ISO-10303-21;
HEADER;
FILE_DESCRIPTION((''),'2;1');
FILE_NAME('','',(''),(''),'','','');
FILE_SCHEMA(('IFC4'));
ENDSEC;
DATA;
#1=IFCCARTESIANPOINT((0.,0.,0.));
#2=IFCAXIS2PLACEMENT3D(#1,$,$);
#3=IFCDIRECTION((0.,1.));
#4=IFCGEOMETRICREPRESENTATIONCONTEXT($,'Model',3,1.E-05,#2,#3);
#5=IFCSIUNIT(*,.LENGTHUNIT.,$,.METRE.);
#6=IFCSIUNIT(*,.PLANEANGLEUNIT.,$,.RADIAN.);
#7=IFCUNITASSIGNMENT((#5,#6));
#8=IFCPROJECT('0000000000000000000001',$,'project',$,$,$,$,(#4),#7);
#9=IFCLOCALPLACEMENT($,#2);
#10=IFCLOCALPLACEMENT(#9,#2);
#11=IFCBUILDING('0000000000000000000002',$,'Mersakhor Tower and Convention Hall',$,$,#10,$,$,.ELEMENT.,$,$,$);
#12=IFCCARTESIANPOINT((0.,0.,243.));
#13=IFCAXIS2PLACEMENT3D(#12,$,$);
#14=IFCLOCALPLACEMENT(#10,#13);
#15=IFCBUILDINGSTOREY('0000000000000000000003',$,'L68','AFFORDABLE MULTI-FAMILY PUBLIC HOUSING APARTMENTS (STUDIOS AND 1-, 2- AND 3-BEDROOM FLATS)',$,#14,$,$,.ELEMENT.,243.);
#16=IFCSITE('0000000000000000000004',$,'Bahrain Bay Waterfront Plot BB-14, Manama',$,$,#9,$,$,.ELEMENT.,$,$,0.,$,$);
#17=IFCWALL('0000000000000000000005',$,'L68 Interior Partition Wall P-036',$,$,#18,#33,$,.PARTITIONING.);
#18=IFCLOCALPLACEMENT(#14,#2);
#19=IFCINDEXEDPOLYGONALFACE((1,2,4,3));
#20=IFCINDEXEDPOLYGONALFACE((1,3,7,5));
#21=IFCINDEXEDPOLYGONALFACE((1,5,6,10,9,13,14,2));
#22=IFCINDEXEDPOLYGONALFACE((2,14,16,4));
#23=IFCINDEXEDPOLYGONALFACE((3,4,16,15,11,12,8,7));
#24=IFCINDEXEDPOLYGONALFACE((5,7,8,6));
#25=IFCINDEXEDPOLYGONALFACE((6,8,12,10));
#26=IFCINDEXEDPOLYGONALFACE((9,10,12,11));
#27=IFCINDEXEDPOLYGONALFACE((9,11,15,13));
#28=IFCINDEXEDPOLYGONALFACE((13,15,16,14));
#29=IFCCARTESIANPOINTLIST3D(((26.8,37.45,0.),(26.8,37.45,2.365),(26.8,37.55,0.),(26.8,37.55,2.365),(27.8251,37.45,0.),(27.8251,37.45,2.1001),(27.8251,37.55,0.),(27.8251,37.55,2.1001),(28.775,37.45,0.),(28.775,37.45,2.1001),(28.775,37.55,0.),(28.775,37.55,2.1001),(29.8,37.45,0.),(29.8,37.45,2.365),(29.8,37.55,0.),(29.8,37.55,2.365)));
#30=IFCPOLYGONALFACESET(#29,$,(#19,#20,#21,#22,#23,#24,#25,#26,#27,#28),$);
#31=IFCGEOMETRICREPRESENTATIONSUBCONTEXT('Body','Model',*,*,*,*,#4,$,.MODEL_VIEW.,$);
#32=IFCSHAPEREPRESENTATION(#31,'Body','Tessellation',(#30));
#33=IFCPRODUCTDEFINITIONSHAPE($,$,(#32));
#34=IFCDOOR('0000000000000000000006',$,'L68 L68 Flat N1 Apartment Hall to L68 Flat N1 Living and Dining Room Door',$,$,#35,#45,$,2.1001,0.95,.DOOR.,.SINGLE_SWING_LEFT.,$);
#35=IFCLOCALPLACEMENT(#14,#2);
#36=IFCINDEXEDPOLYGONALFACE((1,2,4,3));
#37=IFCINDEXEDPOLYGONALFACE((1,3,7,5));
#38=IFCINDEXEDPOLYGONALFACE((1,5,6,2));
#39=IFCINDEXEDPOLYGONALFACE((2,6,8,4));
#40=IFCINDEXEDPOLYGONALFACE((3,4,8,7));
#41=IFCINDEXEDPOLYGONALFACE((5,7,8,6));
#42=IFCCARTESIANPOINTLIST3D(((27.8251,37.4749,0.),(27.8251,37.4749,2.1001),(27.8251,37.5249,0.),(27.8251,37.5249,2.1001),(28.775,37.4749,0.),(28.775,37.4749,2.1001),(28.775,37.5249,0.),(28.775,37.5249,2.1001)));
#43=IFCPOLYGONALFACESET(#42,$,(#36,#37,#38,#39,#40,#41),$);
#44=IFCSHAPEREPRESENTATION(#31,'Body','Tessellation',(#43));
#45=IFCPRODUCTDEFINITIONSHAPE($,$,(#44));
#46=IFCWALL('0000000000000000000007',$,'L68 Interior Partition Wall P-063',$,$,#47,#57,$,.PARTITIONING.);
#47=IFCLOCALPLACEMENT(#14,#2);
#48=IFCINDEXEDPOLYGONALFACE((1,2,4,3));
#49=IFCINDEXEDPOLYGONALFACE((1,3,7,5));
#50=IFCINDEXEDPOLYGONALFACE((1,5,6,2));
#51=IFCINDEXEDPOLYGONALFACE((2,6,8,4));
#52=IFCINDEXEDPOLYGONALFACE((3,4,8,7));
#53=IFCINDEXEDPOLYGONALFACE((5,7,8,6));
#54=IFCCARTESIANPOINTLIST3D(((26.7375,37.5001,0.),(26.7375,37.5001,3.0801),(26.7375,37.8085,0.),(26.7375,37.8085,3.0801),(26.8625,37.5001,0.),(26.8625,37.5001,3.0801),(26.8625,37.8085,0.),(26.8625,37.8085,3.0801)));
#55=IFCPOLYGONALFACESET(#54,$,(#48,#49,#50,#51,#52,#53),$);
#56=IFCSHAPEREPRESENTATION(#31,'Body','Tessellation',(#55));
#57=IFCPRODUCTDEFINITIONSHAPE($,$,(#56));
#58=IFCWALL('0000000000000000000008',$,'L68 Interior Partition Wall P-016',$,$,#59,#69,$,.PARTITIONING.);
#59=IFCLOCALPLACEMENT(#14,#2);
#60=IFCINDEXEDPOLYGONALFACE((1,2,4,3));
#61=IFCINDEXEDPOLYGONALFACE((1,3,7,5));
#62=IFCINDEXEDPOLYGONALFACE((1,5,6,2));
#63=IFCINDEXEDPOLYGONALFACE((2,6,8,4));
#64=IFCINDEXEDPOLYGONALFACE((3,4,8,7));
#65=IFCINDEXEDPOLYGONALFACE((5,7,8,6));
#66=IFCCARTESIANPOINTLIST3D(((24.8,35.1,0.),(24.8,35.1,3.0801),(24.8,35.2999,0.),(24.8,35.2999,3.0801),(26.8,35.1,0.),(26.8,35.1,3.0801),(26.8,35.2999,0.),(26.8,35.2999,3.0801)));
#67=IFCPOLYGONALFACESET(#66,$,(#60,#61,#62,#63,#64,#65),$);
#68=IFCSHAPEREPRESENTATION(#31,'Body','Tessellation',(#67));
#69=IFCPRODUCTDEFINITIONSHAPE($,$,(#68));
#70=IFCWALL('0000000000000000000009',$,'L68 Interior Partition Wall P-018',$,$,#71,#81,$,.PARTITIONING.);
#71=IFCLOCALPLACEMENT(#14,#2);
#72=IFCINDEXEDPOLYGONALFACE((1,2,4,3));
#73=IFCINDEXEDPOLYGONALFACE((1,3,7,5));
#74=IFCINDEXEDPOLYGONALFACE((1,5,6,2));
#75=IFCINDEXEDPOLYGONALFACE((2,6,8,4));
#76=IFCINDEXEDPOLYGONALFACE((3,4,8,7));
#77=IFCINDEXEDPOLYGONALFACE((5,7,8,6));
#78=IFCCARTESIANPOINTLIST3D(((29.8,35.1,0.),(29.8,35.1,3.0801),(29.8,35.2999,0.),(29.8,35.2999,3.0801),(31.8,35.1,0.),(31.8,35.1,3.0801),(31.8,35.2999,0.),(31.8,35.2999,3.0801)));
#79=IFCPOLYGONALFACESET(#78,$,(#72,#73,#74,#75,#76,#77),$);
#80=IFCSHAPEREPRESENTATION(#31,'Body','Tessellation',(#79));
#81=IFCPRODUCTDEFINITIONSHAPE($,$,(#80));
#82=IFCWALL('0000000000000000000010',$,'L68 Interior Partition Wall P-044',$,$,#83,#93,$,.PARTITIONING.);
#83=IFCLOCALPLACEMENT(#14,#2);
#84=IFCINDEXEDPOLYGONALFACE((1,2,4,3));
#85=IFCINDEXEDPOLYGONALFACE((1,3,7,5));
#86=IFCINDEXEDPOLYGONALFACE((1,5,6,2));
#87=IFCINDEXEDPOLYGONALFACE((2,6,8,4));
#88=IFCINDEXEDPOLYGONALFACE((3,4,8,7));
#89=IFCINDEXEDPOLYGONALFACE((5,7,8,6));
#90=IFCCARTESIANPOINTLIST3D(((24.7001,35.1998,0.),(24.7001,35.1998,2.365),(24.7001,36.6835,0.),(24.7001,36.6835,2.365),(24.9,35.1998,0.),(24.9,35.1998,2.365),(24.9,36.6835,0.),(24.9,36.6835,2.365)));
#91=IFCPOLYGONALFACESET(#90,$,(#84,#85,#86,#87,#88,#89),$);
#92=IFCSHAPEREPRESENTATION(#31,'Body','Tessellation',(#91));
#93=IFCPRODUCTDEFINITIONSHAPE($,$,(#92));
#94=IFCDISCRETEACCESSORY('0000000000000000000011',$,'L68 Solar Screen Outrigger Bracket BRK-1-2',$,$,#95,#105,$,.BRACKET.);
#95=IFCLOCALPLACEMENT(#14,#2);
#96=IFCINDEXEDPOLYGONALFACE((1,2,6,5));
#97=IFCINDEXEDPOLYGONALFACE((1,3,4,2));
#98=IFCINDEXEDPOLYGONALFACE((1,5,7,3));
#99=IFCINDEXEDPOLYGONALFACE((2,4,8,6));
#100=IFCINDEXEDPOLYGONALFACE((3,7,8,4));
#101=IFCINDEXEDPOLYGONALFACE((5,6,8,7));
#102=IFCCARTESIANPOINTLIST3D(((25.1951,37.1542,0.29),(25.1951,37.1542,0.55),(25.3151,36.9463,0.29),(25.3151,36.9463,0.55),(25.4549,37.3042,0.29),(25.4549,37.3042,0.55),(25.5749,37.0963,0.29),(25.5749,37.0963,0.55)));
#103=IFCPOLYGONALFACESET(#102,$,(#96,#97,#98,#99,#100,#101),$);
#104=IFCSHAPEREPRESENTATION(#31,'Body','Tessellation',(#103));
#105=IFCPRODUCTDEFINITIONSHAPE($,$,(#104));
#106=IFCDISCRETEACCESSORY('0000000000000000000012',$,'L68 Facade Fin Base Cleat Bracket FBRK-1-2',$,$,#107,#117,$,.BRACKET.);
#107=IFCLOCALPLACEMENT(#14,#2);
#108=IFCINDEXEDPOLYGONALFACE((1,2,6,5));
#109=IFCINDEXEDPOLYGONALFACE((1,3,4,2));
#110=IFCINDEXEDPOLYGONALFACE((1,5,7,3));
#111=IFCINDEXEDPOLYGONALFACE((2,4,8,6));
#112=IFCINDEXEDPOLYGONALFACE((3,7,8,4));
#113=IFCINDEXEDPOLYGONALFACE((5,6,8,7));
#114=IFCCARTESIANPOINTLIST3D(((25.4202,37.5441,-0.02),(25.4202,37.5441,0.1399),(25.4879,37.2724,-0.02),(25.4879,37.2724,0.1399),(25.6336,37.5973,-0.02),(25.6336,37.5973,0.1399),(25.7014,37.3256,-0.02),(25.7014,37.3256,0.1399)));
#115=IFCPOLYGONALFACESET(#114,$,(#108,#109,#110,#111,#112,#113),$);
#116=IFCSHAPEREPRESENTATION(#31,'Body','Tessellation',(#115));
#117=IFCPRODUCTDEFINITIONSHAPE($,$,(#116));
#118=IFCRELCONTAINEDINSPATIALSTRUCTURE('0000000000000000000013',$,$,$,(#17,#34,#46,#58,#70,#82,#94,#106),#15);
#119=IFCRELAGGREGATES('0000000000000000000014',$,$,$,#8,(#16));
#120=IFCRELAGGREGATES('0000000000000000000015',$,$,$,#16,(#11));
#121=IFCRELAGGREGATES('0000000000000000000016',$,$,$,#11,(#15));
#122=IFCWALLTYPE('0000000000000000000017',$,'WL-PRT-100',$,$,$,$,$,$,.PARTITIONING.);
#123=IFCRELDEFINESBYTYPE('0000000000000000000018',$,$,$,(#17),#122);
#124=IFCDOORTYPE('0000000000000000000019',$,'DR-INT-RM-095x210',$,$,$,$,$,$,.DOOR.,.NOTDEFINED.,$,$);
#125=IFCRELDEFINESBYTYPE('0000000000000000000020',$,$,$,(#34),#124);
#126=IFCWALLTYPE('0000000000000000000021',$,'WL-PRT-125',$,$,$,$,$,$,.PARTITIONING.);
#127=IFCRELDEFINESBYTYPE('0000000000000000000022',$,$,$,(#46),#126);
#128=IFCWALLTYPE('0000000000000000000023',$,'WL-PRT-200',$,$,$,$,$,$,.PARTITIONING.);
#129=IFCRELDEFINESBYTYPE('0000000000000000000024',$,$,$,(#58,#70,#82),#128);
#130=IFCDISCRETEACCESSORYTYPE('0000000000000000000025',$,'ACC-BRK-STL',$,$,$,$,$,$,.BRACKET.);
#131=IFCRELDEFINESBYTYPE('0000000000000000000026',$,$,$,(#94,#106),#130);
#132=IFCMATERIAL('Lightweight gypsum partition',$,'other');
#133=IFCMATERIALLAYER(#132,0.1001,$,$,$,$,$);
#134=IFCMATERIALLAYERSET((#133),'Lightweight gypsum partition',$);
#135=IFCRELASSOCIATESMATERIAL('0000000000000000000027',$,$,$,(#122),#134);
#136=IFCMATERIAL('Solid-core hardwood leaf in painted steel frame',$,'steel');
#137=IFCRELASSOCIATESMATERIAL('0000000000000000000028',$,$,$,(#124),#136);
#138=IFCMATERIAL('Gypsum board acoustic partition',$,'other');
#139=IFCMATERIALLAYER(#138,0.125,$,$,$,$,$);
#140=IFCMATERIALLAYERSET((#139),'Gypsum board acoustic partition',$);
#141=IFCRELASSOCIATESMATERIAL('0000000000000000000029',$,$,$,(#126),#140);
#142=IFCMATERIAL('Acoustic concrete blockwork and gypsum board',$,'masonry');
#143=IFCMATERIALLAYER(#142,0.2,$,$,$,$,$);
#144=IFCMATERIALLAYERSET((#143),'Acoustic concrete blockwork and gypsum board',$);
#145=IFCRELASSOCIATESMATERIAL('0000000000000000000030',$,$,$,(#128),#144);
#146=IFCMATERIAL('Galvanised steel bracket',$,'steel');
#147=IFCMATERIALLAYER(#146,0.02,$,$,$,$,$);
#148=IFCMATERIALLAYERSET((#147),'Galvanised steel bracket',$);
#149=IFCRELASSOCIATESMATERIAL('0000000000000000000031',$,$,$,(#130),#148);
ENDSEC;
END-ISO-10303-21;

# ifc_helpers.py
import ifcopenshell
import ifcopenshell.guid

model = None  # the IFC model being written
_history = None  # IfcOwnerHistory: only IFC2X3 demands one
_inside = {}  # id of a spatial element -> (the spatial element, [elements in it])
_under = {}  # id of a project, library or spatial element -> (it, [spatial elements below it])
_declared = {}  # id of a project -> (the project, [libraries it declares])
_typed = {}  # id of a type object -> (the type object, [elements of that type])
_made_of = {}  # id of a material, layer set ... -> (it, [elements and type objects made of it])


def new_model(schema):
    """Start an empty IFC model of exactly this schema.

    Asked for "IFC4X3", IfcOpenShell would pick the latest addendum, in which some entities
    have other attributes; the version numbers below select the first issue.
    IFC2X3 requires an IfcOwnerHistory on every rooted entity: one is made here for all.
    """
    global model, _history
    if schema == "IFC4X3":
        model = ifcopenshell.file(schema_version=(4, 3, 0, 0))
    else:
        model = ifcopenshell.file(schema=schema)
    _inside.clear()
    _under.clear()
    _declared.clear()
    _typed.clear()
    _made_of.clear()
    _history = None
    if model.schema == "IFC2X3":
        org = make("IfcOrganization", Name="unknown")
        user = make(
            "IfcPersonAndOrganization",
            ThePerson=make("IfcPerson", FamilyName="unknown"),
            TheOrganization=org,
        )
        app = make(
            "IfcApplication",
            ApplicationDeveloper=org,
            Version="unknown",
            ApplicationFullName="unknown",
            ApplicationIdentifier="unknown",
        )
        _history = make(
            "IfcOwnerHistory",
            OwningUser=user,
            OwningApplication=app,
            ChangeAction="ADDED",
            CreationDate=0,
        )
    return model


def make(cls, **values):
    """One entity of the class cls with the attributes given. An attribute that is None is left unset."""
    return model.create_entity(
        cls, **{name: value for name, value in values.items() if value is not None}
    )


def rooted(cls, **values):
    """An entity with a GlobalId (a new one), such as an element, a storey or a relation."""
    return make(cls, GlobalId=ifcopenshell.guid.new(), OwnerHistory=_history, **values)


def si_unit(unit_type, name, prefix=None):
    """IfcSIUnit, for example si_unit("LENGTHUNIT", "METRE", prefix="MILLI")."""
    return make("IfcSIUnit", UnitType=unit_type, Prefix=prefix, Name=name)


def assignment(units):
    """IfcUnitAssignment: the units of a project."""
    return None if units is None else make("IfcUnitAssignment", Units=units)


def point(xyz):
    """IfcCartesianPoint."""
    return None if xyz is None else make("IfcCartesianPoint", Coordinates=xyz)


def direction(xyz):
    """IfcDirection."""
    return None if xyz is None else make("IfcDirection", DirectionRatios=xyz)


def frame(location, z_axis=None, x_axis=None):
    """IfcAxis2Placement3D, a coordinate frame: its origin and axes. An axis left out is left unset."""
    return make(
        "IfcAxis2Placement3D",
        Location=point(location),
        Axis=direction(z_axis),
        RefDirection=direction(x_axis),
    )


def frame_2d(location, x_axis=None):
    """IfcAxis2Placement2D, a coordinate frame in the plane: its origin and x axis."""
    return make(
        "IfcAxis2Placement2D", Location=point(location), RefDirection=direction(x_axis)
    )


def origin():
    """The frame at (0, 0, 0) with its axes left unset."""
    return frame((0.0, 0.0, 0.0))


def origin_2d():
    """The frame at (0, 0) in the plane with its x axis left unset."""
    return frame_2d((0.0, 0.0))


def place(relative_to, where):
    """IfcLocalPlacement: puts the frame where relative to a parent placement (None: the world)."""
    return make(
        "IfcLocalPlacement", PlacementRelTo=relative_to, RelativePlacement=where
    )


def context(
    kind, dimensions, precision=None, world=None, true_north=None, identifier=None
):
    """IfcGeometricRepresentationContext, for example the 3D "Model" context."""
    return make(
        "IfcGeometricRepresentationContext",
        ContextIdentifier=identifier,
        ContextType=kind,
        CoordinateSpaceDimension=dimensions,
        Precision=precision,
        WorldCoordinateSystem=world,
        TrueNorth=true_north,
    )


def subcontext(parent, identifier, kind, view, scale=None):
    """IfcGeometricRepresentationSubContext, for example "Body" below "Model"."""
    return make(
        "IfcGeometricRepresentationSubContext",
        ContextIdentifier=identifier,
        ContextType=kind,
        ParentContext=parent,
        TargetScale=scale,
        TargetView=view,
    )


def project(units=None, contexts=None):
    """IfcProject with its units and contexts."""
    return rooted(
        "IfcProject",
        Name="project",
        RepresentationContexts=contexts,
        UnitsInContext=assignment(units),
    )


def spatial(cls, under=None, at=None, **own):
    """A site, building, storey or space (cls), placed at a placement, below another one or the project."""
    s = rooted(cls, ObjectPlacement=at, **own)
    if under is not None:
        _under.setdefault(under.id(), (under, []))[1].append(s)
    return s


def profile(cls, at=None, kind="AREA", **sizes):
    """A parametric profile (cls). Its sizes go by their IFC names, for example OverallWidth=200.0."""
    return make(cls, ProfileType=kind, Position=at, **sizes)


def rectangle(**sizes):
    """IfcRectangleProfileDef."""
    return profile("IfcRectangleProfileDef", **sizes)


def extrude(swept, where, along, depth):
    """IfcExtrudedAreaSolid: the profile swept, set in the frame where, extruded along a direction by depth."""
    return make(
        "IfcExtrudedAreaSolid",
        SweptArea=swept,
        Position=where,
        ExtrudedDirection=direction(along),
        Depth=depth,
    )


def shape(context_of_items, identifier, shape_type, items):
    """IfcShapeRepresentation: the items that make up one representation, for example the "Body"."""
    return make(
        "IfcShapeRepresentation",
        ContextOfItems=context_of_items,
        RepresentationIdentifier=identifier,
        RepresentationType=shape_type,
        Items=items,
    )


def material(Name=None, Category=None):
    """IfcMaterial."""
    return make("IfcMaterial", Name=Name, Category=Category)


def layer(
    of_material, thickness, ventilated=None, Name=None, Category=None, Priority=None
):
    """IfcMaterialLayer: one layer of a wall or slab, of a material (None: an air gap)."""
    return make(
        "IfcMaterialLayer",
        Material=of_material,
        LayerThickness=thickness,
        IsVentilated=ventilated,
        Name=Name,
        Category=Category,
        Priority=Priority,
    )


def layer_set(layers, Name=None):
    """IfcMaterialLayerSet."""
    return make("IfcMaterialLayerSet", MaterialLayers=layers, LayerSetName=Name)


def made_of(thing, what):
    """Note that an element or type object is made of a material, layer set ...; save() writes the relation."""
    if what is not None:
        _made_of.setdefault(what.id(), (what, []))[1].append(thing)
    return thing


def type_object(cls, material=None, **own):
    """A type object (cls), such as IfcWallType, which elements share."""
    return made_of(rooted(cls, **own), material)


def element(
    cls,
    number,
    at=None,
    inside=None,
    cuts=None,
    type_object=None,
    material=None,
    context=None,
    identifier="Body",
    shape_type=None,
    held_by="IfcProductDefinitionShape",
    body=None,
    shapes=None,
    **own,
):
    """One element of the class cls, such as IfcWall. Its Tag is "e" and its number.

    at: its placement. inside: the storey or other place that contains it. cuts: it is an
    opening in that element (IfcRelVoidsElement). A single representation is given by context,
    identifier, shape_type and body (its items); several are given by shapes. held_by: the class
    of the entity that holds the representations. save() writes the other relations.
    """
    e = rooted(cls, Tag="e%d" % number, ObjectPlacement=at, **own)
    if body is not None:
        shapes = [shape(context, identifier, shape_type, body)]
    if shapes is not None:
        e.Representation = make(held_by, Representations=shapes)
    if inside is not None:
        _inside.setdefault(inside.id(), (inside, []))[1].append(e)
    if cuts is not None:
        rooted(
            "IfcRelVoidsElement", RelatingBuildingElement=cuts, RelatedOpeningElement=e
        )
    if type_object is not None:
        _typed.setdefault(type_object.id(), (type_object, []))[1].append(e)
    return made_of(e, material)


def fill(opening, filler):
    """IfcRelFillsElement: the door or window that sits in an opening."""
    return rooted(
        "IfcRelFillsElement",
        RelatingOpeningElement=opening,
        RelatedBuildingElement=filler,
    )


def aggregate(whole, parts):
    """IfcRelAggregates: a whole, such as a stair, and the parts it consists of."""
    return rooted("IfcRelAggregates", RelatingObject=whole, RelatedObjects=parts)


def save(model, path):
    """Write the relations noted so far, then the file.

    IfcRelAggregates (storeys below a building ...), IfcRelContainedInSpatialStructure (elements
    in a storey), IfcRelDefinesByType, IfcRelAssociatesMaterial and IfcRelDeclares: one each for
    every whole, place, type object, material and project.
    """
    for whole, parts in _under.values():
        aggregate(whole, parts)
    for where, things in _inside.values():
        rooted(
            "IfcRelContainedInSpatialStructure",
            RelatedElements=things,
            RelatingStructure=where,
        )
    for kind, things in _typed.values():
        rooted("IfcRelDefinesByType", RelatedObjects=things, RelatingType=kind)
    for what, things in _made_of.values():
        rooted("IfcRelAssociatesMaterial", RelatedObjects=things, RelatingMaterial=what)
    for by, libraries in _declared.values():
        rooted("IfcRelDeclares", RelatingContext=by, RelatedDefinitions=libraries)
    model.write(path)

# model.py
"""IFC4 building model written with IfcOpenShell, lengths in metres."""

from ifc_helpers import new_model, si_unit, direction, frame, frame_2d, origin, origin_2d, place, context, subcontext, project, spatial, rectangle, extrude, material, layer, layer_set, type_object, element, fill, save


model = new_model("IFC4")

# Units and contexts
model_context = context("Model", 3, precision=1e-05, world=origin(), true_north=direction((0.0, 1.0)))
body_context = subcontext(model_context, "Body", "Model", "MODEL_VIEW")
ifc_project = project(units=[si_unit("LENGTHUNIT", "METRE"), si_unit("PLANEANGLEUNIT", "RADIAN")], contexts=[model_context])

# Site, building, storey
site_placement = place(None, origin())
site = spatial("IfcSite", under=ifc_project, at=site_placement, Name="Bahrain Bay Waterfront Plot BB-14, Manama", CompositionType="ELEMENT", RefElevation=0.0)
building_placement = place(site_placement, origin())
building = spatial("IfcBuilding", under=site, at=building_placement, Name="Mersakhor Tower and Convention Hall", CompositionType="ELEMENT")
storey_placement = place(building_placement, frame((0.0, 0.0, 243.0)))
storey = spatial("IfcBuildingStorey", under=building, at=storey_placement, Name="L68", Description="AFFORDABLE MULTI-FAMILY PUBLIC HOUSING APARTMENTS (STUDIOS AND 1-, 2- AND 3-BEDROOM FLATS)", CompositionType="ELEMENT", Elevation=243.0)

# Wall, opening, door
ifc_material_1 = material(Name="Lightweight gypsum partition", Category="other")
ifc_layer_1 = layer(ifc_material_1, 0.1001)
ifc_layer_set_1 = layer_set([ifc_layer_1], Name="Lightweight gypsum partition")
wall_type_1 = type_object("IfcWallType", Name="WL-PRT-100", PredefinedType="PARTITIONING", material=ifc_layer_set_1)
wall_1_placement = place(storey_placement, frame((26.8, 37.5, 0.0), z_axis=(0.0, 0.0, 1.0), x_axis=(1.0, 0.0, 0.0)))
wall_1 = element("IfcWall", 1, at=wall_1_placement, inside=storey, type_object=wall_type_1, Name="L68 Interior Partition Wall P-036", PredefinedType="PARTITIONING", context=body_context, shape_type="SweptSolid", body=[
    extrude(rectangle(XDim=3.0, YDim=0.1001, at=frame_2d((1.5, 0.0))), origin(), (0.0, 0.0, 1.0), 2.365),
])
opening_1_placement = place(wall_1_placement, frame((1.0249, 0.0, 0.0)))
opening_1 = element("IfcOpeningElement", 2, at=opening_1_placement, cuts=wall_1, PredefinedType="OPENING", context=body_context, shape_type="SweptSolid", body=[
    extrude(rectangle(XDim=0.95, YDim=2.1001, at=frame_2d((0.4751, 1.05))), frame((0.0, 0.0601, 0.0), z_axis=(0.0, -1.0, 0.0), x_axis=(1.0, 0.0, 0.0)), (0.0, 0.0, 1.0), 0.1201),
])
ifc_material_2 = material(Name="Solid-core hardwood leaf in painted steel frame", Category="steel")
door_type_1 = type_object("IfcDoorType", Name="DR-INT-RM-095x210", OperationType="NOTDEFINED", PredefinedType="DOOR", material=ifc_material_2)
door_1_placement = place(opening_1_placement, origin())
door_1 = element("IfcDoor", 3, at=door_1_placement, inside=storey, type_object=door_type_1, Name="L68 L68 Flat N1 Apartment Hall to L68 Flat N1 Living and Dining Room Door", OperationType="SINGLE_SWING_LEFT", OverallHeight=2.1001, OverallWidth=0.95, PredefinedType="DOOR", context=body_context, shape_type="SweptSolid", body=[
    extrude(rectangle(XDim=0.95, YDim=2.1001, at=frame_2d((0.4751, 1.05))), frame((0.0, 0.0249, 0.0), z_axis=(0.0, -1.0, 0.0), x_axis=(1.0, 0.0, 0.0)), (0.0, 0.0, 1.0), 0.05),
])
fill(opening_1, door_1)

# Walls
ifc_material_3 = material(Name="Gypsum board acoustic partition", Category="other")
ifc_layer_2 = layer(ifc_material_3, 0.125)
ifc_layer_set_2 = layer_set([ifc_layer_2], Name="Gypsum board acoustic partition")
wall_type_2 = type_object("IfcWallType", Name="WL-PRT-125", PredefinedType="PARTITIONING", material=ifc_layer_set_2)
wall_2_placement = place(storey_placement, frame((26.8, 37.5, 0.0), z_axis=(0.0, 0.0, 1.0), x_axis=(0.0, 1.0, 0.0)))
element("IfcWall", 4, at=wall_2_placement, inside=storey, type_object=wall_type_2, Name="L68 Interior Partition Wall P-063", PredefinedType="PARTITIONING", context=body_context, shape_type="SweptSolid", body=[
    extrude(rectangle(XDim=0.3083, YDim=0.125, at=frame_2d((0.1543, 0.0))), origin(), (0.0, 0.0, 1.0), 3.0801),
])
ifc_material_4 = material(Name="Acoustic concrete blockwork and gypsum board", Category="masonry")
ifc_layer_3 = layer(ifc_material_4, 0.2)
ifc_layer_set_3 = layer_set([ifc_layer_3], Name="Acoustic concrete blockwork and gypsum board")
wall_type_3 = type_object("IfcWallType", Name="WL-PRT-200", PredefinedType="PARTITIONING", material=ifc_layer_set_3)
wall_3_placement = place(storey_placement, frame((24.8, 35.2, 0.0), z_axis=(0.0, 0.0, 1.0), x_axis=(1.0, 0.0, 0.0)))
element("IfcWall", 5, at=wall_3_placement, inside=storey, type_object=wall_type_3, Name="L68 Interior Partition Wall P-016", PredefinedType="PARTITIONING", context=body_context, shape_type="SweptSolid", body=[
    extrude(rectangle(XDim=2.0, YDim=0.2, at=frame_2d((1.0, 0.0))), origin(), (0.0, 0.0, 1.0), 3.0801),
])

# Walls
wall_4_placement = place(storey_placement, frame((29.8, 35.2, 0.0), z_axis=(0.0, 0.0, 1.0), x_axis=(1.0, 0.0, 0.0)))
element("IfcWall", 6, at=wall_4_placement, inside=storey, type_object=wall_type_3, Name="L68 Interior Partition Wall P-018", PredefinedType="PARTITIONING", context=body_context, shape_type="SweptSolid", body=[
    extrude(rectangle(XDim=2.0, YDim=0.2, at=frame_2d((1.0, 0.0))), origin(), (0.0, 0.0, 1.0), 3.0801),
])
wall_5_placement = place(storey_placement, frame((24.8, 35.2, 0.0), z_axis=(0.0, 0.0, 1.0), x_axis=(0.0, 1.0, 0.0)))
element("IfcWall", 7, at=wall_5_placement, inside=storey, type_object=wall_type_3, Name="L68 Interior Partition Wall P-044", PredefinedType="PARTITIONING", context=body_context, shape_type="SweptSolid", body=[
    extrude(rectangle(XDim=1.4836, YDim=0.2, at=frame_2d((0.7417, 0.0))), origin(), (0.0, 0.0, 1.0), 2.365),
])

# Discrete accessories
ifc_material_5 = material(Name="Galvanised steel bracket", Category="steel")
ifc_layer_4 = layer(ifc_material_5, 0.02)
ifc_layer_set_4 = layer_set([ifc_layer_4], Name="Galvanised steel bracket")
discrete_accessory_type = type_object("IfcDiscreteAccessoryType", Name="ACC-BRK-STL", PredefinedType="BRACKET", material=ifc_layer_set_4)
discrete_accessory_1_placement = place(storey_placement, frame((25.385, 37.1252, 0.29), z_axis=(0.0, 0.0, 1.0), x_axis=(0.866025, 0.5, 0.0)))
element("IfcDiscreteAccessory", 8, at=discrete_accessory_1_placement, inside=storey, type_object=discrete_accessory_type, Name="L68 Solar Screen Outrigger Bracket BRK-1-2", PredefinedType="BRACKET", context=body_context, shape_type="SweptSolid", body=[
    extrude(rectangle(XDim=0.3, YDim=0.24, at=origin_2d()), origin(), (0.0, 0.0, 1.0), 0.26),
])
discrete_accessory_2_placement = place(storey_placement, frame((25.5608, 37.4348, -0.02), z_axis=(0.0, 0.0, 1.0), x_axis=(-0.241922, 0.970296, 0.0)))
element("IfcDiscreteAccessory", 9, at=discrete_accessory_2_placement, inside=storey, type_object=discrete_accessory_type, Name="L68 Facade Fin Base Cleat Bracket FBRK-1-2", PredefinedType="BRACKET", context=body_context, shape_type="SweptSolid", body=[
    extrude(rectangle(XDim=0.28, YDim=0.22, at=origin_2d()), origin(), (0.0, 0.0, 1.0), 0.1599),
])

save(model, "model.ifc")
